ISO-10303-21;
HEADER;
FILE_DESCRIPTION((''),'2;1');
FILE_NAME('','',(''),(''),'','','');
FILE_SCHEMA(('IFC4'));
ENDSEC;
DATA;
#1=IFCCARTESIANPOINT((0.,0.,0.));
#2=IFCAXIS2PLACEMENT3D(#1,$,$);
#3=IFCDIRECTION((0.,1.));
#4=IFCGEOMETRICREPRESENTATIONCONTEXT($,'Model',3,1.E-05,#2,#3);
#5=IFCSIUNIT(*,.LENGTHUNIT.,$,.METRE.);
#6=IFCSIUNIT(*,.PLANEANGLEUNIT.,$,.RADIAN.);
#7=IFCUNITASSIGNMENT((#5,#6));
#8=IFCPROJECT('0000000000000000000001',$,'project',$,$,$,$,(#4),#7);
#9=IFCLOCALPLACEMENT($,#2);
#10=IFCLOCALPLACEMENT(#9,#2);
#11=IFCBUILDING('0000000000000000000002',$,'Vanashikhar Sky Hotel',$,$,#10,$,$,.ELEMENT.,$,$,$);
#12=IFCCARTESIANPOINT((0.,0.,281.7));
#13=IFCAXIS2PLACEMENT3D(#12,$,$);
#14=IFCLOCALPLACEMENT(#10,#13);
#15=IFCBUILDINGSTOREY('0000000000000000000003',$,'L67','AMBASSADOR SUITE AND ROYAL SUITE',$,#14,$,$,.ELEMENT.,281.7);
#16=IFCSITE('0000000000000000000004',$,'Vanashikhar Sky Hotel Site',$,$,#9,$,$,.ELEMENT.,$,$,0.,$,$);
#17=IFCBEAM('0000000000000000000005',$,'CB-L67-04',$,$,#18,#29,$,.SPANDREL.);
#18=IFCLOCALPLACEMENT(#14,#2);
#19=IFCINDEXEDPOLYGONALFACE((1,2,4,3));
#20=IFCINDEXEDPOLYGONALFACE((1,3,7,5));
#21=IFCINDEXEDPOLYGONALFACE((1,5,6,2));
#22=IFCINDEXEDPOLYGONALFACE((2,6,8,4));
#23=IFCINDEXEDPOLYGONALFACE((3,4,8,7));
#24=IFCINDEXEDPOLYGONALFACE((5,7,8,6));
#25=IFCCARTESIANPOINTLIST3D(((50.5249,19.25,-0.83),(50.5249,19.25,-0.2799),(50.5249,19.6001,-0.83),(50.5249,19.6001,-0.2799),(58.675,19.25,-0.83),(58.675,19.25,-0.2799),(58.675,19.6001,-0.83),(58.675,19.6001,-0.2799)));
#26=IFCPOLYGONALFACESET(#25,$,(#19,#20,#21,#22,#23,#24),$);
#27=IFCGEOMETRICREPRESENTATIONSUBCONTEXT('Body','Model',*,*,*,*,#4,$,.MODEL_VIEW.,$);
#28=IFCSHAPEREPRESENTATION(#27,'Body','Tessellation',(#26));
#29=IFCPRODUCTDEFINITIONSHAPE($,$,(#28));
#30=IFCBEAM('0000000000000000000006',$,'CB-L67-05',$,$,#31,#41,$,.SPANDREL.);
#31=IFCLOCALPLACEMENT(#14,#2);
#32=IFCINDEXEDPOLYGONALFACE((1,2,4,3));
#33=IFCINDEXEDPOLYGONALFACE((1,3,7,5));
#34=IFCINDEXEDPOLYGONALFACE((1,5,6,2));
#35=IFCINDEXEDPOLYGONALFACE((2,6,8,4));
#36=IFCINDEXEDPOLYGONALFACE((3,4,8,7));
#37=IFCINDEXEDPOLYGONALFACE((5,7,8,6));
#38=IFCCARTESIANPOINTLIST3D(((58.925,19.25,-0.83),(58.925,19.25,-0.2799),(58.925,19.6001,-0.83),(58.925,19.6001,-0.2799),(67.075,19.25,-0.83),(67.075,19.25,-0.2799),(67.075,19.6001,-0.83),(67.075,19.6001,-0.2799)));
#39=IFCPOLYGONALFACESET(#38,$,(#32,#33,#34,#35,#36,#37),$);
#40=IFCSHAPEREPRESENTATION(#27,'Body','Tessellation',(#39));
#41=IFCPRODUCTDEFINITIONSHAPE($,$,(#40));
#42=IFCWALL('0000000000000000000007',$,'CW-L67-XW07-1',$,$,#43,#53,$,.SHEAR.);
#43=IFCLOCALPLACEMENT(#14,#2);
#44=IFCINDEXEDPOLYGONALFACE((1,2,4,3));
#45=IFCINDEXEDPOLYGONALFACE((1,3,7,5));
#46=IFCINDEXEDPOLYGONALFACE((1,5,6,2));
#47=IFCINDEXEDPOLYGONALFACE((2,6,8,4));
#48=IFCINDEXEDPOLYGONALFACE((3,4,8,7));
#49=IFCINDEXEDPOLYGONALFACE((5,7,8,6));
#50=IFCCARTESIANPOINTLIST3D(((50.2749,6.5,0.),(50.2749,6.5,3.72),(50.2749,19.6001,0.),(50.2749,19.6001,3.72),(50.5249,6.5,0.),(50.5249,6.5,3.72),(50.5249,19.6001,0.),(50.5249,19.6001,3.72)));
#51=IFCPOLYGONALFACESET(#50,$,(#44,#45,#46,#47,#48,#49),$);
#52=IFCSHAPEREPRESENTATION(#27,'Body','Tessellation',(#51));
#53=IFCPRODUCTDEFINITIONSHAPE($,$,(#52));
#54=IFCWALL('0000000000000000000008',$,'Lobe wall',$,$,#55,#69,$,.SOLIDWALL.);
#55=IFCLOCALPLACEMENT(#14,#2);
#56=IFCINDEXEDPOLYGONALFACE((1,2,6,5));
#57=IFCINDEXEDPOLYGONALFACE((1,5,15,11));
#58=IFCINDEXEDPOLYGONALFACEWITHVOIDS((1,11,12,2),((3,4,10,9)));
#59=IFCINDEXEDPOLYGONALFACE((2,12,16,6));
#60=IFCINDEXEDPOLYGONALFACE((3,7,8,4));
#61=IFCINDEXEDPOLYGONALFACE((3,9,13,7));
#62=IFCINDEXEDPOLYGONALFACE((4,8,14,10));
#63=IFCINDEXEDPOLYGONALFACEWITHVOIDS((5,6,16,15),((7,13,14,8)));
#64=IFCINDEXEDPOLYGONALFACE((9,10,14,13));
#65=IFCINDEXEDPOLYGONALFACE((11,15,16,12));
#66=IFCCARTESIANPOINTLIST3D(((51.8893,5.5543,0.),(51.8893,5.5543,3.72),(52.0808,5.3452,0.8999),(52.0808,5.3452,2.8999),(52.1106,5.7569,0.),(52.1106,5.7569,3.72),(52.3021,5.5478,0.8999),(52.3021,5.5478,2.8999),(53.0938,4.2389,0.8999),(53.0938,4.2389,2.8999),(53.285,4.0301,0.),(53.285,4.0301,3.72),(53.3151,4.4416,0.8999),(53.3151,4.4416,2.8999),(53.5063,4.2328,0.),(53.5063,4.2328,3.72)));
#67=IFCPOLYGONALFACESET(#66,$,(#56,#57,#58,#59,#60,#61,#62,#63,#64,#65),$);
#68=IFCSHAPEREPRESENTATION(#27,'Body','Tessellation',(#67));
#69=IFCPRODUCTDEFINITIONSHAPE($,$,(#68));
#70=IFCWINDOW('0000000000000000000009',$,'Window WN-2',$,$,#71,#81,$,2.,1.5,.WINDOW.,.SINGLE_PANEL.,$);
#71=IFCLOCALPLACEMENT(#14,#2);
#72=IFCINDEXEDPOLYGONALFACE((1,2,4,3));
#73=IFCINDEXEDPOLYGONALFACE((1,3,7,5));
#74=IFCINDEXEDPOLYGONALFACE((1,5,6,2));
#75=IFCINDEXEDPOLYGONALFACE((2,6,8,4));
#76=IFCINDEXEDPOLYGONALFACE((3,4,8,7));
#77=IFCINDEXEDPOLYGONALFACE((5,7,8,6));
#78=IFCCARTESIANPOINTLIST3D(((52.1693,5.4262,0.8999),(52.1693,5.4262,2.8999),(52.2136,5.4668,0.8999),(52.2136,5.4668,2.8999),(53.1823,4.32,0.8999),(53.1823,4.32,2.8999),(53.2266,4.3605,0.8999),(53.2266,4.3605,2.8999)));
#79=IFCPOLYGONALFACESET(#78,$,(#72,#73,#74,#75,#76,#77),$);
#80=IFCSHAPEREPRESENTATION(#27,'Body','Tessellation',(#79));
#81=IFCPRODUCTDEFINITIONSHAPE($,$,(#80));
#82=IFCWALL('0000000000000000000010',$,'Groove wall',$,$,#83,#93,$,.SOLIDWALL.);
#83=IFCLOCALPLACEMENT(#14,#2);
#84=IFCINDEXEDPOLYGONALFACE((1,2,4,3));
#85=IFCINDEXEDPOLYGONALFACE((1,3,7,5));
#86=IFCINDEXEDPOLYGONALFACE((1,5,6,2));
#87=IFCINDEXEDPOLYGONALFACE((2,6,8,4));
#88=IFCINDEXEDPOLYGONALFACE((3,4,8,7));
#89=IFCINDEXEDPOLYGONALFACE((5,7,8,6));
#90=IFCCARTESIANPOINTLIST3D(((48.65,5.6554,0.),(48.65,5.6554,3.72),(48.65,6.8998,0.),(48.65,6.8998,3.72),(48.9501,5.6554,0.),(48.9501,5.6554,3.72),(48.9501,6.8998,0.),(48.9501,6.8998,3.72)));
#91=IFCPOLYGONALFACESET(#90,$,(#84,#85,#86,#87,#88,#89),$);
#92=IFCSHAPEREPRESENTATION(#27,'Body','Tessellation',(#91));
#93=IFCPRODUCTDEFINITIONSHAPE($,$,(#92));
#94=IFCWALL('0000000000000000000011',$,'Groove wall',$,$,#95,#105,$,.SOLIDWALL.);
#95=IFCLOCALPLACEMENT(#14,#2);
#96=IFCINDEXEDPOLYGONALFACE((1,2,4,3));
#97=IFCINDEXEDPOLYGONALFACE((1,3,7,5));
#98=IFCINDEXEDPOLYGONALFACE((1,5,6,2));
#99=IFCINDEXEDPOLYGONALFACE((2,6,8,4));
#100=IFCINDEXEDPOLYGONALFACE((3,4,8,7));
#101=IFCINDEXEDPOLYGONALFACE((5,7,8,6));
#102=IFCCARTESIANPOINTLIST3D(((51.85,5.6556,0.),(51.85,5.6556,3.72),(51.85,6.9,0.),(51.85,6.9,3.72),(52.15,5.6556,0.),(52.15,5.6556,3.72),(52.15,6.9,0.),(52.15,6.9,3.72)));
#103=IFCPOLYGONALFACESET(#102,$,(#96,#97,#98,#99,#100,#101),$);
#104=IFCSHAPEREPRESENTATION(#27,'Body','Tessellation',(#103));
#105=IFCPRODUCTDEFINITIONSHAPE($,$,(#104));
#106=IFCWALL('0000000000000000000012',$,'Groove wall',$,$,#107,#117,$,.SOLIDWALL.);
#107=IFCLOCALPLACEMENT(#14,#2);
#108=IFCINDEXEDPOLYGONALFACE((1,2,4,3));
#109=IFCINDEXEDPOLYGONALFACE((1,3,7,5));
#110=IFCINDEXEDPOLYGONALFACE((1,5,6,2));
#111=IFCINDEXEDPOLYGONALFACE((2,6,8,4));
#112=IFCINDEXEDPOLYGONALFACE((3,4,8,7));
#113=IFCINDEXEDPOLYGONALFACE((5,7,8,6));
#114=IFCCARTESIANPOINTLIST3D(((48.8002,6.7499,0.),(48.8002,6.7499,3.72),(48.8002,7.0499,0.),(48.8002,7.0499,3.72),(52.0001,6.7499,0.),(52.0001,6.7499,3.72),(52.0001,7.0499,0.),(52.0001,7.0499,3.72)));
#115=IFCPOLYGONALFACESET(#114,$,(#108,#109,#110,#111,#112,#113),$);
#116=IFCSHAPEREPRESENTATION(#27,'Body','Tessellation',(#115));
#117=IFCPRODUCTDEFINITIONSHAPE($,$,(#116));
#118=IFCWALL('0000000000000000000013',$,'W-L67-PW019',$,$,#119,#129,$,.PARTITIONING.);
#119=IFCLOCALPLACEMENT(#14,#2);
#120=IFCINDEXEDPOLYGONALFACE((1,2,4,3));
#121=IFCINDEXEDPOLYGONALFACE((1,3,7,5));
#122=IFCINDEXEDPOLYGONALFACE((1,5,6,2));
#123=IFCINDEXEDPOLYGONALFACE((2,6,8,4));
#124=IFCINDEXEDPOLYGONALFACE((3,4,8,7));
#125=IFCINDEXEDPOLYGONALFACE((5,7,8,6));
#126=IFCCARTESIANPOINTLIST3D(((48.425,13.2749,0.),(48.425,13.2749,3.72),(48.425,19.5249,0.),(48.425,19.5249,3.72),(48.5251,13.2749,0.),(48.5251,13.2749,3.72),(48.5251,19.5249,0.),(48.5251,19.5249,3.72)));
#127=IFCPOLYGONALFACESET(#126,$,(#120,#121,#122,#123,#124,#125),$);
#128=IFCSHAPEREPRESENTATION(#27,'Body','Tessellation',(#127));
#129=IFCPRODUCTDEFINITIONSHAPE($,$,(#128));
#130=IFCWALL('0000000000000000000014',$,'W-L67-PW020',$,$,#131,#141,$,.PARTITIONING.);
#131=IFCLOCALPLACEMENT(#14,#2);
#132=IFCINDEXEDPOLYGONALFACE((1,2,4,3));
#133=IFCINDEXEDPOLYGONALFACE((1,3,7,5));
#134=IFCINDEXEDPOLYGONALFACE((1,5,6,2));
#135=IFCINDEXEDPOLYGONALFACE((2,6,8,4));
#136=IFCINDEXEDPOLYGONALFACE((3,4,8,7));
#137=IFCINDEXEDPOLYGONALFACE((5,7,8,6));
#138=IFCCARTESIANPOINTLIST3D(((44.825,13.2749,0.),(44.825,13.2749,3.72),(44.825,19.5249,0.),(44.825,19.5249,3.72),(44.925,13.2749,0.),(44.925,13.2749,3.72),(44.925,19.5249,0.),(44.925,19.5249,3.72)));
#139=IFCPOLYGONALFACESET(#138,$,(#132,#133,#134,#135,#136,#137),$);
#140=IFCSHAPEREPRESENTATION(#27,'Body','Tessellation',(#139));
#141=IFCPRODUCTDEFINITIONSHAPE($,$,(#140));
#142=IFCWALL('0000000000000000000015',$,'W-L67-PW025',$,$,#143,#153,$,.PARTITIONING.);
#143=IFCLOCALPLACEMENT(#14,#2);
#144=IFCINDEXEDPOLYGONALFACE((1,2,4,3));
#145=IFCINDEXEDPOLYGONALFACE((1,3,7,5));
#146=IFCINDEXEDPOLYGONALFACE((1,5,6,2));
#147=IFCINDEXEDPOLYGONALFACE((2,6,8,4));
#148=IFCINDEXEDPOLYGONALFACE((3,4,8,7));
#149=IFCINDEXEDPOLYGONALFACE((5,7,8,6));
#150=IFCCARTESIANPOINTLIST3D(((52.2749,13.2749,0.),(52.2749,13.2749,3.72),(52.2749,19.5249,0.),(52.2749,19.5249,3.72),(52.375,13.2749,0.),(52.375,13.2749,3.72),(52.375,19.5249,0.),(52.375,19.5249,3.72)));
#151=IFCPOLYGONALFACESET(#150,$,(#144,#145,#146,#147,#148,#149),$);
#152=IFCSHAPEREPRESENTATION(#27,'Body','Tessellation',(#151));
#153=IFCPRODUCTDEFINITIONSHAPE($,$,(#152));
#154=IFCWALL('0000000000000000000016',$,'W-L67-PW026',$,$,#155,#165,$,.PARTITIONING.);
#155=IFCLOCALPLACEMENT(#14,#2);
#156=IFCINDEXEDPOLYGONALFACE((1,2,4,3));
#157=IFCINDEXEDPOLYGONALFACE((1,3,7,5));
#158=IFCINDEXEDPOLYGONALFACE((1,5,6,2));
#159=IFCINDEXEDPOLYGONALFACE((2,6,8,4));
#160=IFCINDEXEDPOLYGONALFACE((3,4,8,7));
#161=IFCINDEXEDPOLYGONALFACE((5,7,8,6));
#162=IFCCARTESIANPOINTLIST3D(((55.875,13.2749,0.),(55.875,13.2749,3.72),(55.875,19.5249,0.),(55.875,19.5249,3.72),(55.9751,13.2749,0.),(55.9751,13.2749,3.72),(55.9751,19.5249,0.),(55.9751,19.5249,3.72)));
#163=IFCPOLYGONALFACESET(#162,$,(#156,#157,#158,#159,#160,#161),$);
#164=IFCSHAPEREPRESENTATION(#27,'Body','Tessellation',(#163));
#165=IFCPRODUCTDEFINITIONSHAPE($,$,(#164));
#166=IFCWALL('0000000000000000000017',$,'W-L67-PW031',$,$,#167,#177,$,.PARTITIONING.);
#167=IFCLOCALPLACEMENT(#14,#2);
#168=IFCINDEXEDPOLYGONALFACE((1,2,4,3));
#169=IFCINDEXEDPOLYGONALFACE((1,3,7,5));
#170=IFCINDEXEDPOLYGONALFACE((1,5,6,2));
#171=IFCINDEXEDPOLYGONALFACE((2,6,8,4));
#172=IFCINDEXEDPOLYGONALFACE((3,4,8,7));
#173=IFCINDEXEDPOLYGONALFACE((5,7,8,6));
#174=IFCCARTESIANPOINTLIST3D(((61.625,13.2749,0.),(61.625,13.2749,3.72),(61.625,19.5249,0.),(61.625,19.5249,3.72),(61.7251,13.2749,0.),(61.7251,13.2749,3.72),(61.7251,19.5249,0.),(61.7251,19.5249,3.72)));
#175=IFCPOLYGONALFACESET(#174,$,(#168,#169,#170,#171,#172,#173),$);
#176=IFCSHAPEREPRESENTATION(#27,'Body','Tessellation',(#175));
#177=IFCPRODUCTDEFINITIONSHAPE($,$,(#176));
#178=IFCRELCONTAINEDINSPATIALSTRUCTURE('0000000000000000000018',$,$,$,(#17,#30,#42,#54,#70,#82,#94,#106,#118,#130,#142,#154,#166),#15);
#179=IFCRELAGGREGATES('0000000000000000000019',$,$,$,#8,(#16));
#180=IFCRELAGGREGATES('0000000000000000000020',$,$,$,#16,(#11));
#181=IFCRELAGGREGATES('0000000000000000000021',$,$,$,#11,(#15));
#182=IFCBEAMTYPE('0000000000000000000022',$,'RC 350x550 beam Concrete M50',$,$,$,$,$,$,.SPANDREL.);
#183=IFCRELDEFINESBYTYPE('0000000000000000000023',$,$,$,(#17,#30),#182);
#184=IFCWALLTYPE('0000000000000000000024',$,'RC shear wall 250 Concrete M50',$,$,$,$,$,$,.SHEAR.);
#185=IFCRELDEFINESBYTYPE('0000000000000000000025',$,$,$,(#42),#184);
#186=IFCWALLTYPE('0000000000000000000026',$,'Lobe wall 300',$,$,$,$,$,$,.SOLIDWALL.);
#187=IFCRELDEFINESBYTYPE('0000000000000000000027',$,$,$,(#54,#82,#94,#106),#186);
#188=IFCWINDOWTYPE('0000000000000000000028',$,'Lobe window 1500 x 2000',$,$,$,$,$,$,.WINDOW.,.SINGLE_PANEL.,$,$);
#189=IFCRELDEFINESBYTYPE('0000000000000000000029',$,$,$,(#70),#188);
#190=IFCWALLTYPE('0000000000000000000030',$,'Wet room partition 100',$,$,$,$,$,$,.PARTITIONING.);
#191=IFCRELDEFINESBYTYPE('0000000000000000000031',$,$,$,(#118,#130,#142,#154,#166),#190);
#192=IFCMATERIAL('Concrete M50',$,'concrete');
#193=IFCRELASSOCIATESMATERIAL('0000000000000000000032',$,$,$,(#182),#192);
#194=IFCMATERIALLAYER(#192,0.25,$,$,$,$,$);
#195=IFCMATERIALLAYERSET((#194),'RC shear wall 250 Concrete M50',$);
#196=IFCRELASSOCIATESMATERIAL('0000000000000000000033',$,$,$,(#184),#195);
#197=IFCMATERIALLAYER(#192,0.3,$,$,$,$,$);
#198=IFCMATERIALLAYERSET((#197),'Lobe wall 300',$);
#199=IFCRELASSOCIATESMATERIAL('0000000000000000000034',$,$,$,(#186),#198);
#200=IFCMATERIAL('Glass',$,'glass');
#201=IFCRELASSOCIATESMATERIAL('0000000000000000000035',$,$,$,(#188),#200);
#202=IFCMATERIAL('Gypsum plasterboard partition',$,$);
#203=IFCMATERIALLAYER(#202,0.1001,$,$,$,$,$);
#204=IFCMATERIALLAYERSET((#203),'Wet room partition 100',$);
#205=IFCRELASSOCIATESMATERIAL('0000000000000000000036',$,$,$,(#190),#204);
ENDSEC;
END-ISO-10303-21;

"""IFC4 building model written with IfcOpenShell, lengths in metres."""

from ifc_helpers import new_model, si_unit, direction, frame, frame_2d, origin, origin_2d, place, context, subcontext, project, spatial, rectangle, extrude, source, transform, mapped, material, layer, layer_set, material_profile, profile_set, type_object, element, fill, save


model = new_model("IFC4")

# Units and contexts
model_context = context("Model", 3, precision=1e-05, world=origin(), true_north=direction((0.0, 1.0)))
body_context = subcontext(model_context, "Body", "Model", "MODEL_VIEW")
ifc_project = project(units=[si_unit("LENGTHUNIT", "METRE"), si_unit("PLANEANGLEUNIT", "RADIAN")], contexts=[model_context])

# Site, building, storey
site_placement = place(None, origin())
site = spatial("IfcSite", under=ifc_project, at=site_placement, Name="Vanashikhar Sky Hotel Site", CompositionType="ELEMENT", RefElevation=0.0)
building_placement = place(site_placement, origin())
building = spatial("IfcBuilding", under=site, at=building_placement, Name="Vanashikhar Sky Hotel", CompositionType="ELEMENT")
storey_placement = place(building_placement, frame((0.0, 0.0, 281.7)))
storey = spatial("IfcBuildingStorey", under=building, at=storey_placement, Name="L67", Description="AMBASSADOR SUITE AND ROYAL SUITE", CompositionType="ELEMENT", Elevation=281.7)

# Beams
ifc_material_1 = material(Name="Concrete M50", Category="concrete")
ifc_material_profile = material_profile(ifc_material_1, rectangle(XDim=0.3501, YDim=0.55, at=origin_2d()))
ifc_profile_set = profile_set([ifc_material_profile], Name="RC 350x550 beam Concrete M50")
beam_type = type_object("IfcBeamType", Name="RC 350x550 beam Concrete M50", PredefinedType="SPANDREL", material=ifc_profile_set)
shared_shape_1 = source(origin(), body_context, "Body", "SweptSolid", [
    extrude(rectangle(XDim=0.3501, YDim=0.55, at=origin_2d()), origin(), (0.0, 0.0, 1.0), 8.1501),
])
beam_1_placement = place(storey_placement, frame((50.5249, 19.425, -0.5549), z_axis=(1.0, 0.0, 0.0), x_axis=(0.0, 1.0, 0.0)))
element("IfcBeam", 1, at=beam_1_placement, inside=storey, type_object=beam_type, Name="CB-L67-04", PredefinedType="SPANDREL", context=body_context, shape_type="MappedRepresentation", body=[
    mapped(shared_shape_1, transform((0.0, 0.0, 0.0), scale=1.0)),
])
shared_shape_2 = source(origin(), body_context, "Body", "SweptSolid", [
    extrude(rectangle(XDim=0.3501, YDim=0.55, at=origin_2d()), origin(), (0.0, 0.0, 1.0), 8.1499),
])
beam_2_placement = place(storey_placement, frame((58.925, 19.425, -0.5549), z_axis=(1.0, 0.0, 0.0), x_axis=(0.0, 1.0, 0.0)))
element("IfcBeam", 2, at=beam_2_placement, inside=storey, type_object=beam_type, Name="CB-L67-05", PredefinedType="SPANDREL", context=body_context, shape_type="MappedRepresentation", body=[
    mapped(shared_shape_2, transform((0.0, 0.0, 0.0), scale=1.0)),
])

# Wall
ifc_layer_1 = layer(ifc_material_1, 0.25)
ifc_layer_set_1 = layer_set([ifc_layer_1], Name="RC shear wall 250 Concrete M50")
wall_type_1 = type_object("IfcWallType", Name="RC shear wall 250 Concrete M50", PredefinedType="SHEAR", material=ifc_layer_set_1)
shared_shape_3 = source(origin(), body_context, "Body", "SweptSolid", [
    extrude(rectangle(XDim=13.1001, YDim=0.25, at=frame_2d((6.55, 0.0))), origin(), (0.0, 0.0, 1.0), 3.72),
])
wall_1_placement = place(storey_placement, frame((50.3999, 6.5, 0.0), z_axis=(0.0, 0.0, 1.0), x_axis=(0.0, 1.0, 0.0)))
element("IfcWall", 3, at=wall_1_placement, inside=storey, type_object=wall_type_1, Name="CW-L67-XW07-1", PredefinedType="SHEAR", context=body_context, shape_type="MappedRepresentation", body=[
    mapped(shared_shape_3, transform((0.0, 0.0, 0.0), scale=1.0)),
])

# Wall, opening, window
ifc_layer_2 = layer(ifc_material_1, 0.3)
ifc_layer_set_2 = layer_set([ifc_layer_2], Name="Lobe wall 300")
wall_type_2 = type_object("IfcWallType", Name="Lobe wall 300", PredefinedType="SOLIDWALL", material=ifc_layer_set_2)
shared_shape_4 = source(origin(), body_context, "Body", "SweptSolid", [
    extrude(rectangle(XDim=2.0667, YDim=0.3, at=frame_2d((1.0332, 0.0))), origin(), (0.0, 0.0, 1.0), 3.72),
])
wall_2_placement = place(storey_placement, frame((52.0, 5.6555, 0.0), z_axis=(0.0, 0.0, 1.0), x_axis=(0.675355, -0.737492, 0.0)))
wall_2 = element("IfcWall", 4, at=wall_2_placement, inside=storey, type_object=wall_type_2, Name="Lobe wall", PredefinedType="SOLIDWALL", context=body_context, shape_type="MappedRepresentation", body=[
    mapped(shared_shape_4, transform((0.0, 0.0, 0.0), scale=1.0)),
])
shared_shape_5 = source(origin(), body_context, "Body", "SweptSolid", [
    extrude(rectangle(XDim=1.5, YDim=2.0, at=frame_2d((0.75, 1.0))), frame((0.0, 0.1602, 0.0), z_axis=(0.0, -1.0, 0.0), x_axis=(1.0, 0.0, 0.0)), (0.0, 0.0, 1.0), 0.3201),
])
opening_1_placement = place(wall_2_placement, frame((0.2834, 0.0, 0.8999)))
opening_1 = element("IfcOpeningElement", 5, at=opening_1_placement, cuts=wall_2, PredefinedType="OPENING", context=body_context, shape_type="MappedRepresentation", body=[
    mapped(shared_shape_5, transform((0.0, 0.0, 0.0), scale=1.0)),
])
ifc_material_2 = material(Name="Glass", Category="glass")
window_type = type_object("IfcWindowType", Name="Lobe window 1500 x 2000", PartitioningType="SINGLE_PANEL", PredefinedType="WINDOW", material=ifc_material_2)
shared_shape_6 = source(origin(), body_context, "Body", "SweptSolid", [
    extrude(rectangle(XDim=1.5, YDim=2.0, at=frame_2d((0.75, 1.0))), frame((0.0, 0.03, 0.0), z_axis=(0.0, -1.0, 0.0), x_axis=(1.0, 0.0, 0.0)), (0.0, 0.0, 1.0), 0.0601),
])
window_placement = place(opening_1_placement, origin())
window = element("IfcWindow", 6, at=window_placement, inside=storey, type_object=window_type, Name="Window WN-2", OverallHeight=2.0, OverallWidth=1.5, PartitioningType="SINGLE_PANEL", PredefinedType="WINDOW", context=body_context, shape_type="MappedRepresentation", body=[
    mapped(shared_shape_6, transform((0.0, 0.0, 0.0), scale=1.0)),
])
fill(opening_1, window)

# Walls
shared_shape_7 = source(origin(), body_context, "Body", "SweptSolid", [
    extrude(rectangle(XDim=1.2444, YDim=0.3, at=frame_2d((0.6221, 0.0))), origin(), (0.0, 0.0, 1.0), 3.72),
])
for number, where, z_axis, x_axis, name in (
    (7, (48.8, 5.6555, 0.0), (0.0, 0.0, 1.0), (0.0, 1.0, 0.0), "Groove wall"),
    (8, (52.0, 6.8999, 0.0), (0.0, 0.0, 1.0), (0.0, -1.0, 0.0), "Groove wall"),
):
    element("IfcWall", number, at=place(storey_placement, frame(where, z_axis=z_axis, x_axis=x_axis)), inside=storey, type_object=wall_type_2, Name=name, PredefinedType="SOLIDWALL", context=body_context, shape_type="MappedRepresentation", body=[
        mapped(shared_shape_7, transform((0.0, 0.0, 0.0), scale=1.0)),
    ])
shared_shape_8 = source(origin(), body_context, "Body", "SweptSolid", [
    extrude(rectangle(XDim=3.2, YDim=0.3, at=frame_2d((1.6001, 0.0))), origin(), (0.0, 0.0, 1.0), 3.72),
])
wall_3_placement = place(storey_placement, frame((48.8, 6.8999, 0.0), z_axis=(0.0, 0.0, 1.0), x_axis=(1.0, 0.0, 0.0)))
element("IfcWall", 9, at=wall_3_placement, inside=storey, type_object=wall_type_2, Name="Groove wall", PredefinedType="SOLIDWALL", context=body_context, shape_type="MappedRepresentation", body=[
    mapped(shared_shape_8, transform((0.0, 0.0, 0.0), scale=1.0)),
])
ifc_material_3 = material(Name="Gypsum plasterboard partition")
ifc_layer_3 = layer(ifc_material_3, 0.1001)
ifc_layer_set_3 = layer_set([ifc_layer_3], Name="Wet room partition 100")
wall_type_3 = type_object("IfcWallType", Name="Wet room partition 100", PredefinedType="PARTITIONING", material=ifc_layer_set_3)
shared_shape_9 = source(origin(), body_context, "Body", "SweptSolid", [
    extrude(rectangle(XDim=6.25, YDim=0.1001, at=frame_2d((3.125, 0.0))), origin(), (0.0, 0.0, 1.0), 3.72),
])
for number, where, z_axis, x_axis, name in (
    (10, (48.4751, 13.2749, 0.0), (0.0, 0.0, 1.0), (0.0, 1.0, 0.0), "W-L67-PW019"),
    (11, (44.875, 13.2749, 0.0), (0.0, 0.0, 1.0), (0.0, 1.0, 0.0), "W-L67-PW020"),
    (12, (52.325, 13.2749, 0.0), (0.0, 0.0, 1.0), (0.0, 1.0, 0.0), "W-L67-PW025"),
    (13, (55.925, 13.2749, 0.0), (0.0, 0.0, 1.0), (0.0, 1.0, 0.0), "W-L67-PW026"),
    (14, (61.675, 13.2749, 0.0), (0.0, 0.0, 1.0), (0.0, 1.0, 0.0), "W-L67-PW031"),
):
    element("IfcWall", number, at=place(storey_placement, frame(where, z_axis=z_axis, x_axis=x_axis)), inside=storey, type_object=wall_type_3, Name=name, PredefinedType="PARTITIONING", context=body_context, shape_type="MappedRepresentation", body=[
        mapped(shared_shape_9, transform((0.0, 0.0, 0.0), scale=1.0)),
    ])

save(model, "model.ifc")
